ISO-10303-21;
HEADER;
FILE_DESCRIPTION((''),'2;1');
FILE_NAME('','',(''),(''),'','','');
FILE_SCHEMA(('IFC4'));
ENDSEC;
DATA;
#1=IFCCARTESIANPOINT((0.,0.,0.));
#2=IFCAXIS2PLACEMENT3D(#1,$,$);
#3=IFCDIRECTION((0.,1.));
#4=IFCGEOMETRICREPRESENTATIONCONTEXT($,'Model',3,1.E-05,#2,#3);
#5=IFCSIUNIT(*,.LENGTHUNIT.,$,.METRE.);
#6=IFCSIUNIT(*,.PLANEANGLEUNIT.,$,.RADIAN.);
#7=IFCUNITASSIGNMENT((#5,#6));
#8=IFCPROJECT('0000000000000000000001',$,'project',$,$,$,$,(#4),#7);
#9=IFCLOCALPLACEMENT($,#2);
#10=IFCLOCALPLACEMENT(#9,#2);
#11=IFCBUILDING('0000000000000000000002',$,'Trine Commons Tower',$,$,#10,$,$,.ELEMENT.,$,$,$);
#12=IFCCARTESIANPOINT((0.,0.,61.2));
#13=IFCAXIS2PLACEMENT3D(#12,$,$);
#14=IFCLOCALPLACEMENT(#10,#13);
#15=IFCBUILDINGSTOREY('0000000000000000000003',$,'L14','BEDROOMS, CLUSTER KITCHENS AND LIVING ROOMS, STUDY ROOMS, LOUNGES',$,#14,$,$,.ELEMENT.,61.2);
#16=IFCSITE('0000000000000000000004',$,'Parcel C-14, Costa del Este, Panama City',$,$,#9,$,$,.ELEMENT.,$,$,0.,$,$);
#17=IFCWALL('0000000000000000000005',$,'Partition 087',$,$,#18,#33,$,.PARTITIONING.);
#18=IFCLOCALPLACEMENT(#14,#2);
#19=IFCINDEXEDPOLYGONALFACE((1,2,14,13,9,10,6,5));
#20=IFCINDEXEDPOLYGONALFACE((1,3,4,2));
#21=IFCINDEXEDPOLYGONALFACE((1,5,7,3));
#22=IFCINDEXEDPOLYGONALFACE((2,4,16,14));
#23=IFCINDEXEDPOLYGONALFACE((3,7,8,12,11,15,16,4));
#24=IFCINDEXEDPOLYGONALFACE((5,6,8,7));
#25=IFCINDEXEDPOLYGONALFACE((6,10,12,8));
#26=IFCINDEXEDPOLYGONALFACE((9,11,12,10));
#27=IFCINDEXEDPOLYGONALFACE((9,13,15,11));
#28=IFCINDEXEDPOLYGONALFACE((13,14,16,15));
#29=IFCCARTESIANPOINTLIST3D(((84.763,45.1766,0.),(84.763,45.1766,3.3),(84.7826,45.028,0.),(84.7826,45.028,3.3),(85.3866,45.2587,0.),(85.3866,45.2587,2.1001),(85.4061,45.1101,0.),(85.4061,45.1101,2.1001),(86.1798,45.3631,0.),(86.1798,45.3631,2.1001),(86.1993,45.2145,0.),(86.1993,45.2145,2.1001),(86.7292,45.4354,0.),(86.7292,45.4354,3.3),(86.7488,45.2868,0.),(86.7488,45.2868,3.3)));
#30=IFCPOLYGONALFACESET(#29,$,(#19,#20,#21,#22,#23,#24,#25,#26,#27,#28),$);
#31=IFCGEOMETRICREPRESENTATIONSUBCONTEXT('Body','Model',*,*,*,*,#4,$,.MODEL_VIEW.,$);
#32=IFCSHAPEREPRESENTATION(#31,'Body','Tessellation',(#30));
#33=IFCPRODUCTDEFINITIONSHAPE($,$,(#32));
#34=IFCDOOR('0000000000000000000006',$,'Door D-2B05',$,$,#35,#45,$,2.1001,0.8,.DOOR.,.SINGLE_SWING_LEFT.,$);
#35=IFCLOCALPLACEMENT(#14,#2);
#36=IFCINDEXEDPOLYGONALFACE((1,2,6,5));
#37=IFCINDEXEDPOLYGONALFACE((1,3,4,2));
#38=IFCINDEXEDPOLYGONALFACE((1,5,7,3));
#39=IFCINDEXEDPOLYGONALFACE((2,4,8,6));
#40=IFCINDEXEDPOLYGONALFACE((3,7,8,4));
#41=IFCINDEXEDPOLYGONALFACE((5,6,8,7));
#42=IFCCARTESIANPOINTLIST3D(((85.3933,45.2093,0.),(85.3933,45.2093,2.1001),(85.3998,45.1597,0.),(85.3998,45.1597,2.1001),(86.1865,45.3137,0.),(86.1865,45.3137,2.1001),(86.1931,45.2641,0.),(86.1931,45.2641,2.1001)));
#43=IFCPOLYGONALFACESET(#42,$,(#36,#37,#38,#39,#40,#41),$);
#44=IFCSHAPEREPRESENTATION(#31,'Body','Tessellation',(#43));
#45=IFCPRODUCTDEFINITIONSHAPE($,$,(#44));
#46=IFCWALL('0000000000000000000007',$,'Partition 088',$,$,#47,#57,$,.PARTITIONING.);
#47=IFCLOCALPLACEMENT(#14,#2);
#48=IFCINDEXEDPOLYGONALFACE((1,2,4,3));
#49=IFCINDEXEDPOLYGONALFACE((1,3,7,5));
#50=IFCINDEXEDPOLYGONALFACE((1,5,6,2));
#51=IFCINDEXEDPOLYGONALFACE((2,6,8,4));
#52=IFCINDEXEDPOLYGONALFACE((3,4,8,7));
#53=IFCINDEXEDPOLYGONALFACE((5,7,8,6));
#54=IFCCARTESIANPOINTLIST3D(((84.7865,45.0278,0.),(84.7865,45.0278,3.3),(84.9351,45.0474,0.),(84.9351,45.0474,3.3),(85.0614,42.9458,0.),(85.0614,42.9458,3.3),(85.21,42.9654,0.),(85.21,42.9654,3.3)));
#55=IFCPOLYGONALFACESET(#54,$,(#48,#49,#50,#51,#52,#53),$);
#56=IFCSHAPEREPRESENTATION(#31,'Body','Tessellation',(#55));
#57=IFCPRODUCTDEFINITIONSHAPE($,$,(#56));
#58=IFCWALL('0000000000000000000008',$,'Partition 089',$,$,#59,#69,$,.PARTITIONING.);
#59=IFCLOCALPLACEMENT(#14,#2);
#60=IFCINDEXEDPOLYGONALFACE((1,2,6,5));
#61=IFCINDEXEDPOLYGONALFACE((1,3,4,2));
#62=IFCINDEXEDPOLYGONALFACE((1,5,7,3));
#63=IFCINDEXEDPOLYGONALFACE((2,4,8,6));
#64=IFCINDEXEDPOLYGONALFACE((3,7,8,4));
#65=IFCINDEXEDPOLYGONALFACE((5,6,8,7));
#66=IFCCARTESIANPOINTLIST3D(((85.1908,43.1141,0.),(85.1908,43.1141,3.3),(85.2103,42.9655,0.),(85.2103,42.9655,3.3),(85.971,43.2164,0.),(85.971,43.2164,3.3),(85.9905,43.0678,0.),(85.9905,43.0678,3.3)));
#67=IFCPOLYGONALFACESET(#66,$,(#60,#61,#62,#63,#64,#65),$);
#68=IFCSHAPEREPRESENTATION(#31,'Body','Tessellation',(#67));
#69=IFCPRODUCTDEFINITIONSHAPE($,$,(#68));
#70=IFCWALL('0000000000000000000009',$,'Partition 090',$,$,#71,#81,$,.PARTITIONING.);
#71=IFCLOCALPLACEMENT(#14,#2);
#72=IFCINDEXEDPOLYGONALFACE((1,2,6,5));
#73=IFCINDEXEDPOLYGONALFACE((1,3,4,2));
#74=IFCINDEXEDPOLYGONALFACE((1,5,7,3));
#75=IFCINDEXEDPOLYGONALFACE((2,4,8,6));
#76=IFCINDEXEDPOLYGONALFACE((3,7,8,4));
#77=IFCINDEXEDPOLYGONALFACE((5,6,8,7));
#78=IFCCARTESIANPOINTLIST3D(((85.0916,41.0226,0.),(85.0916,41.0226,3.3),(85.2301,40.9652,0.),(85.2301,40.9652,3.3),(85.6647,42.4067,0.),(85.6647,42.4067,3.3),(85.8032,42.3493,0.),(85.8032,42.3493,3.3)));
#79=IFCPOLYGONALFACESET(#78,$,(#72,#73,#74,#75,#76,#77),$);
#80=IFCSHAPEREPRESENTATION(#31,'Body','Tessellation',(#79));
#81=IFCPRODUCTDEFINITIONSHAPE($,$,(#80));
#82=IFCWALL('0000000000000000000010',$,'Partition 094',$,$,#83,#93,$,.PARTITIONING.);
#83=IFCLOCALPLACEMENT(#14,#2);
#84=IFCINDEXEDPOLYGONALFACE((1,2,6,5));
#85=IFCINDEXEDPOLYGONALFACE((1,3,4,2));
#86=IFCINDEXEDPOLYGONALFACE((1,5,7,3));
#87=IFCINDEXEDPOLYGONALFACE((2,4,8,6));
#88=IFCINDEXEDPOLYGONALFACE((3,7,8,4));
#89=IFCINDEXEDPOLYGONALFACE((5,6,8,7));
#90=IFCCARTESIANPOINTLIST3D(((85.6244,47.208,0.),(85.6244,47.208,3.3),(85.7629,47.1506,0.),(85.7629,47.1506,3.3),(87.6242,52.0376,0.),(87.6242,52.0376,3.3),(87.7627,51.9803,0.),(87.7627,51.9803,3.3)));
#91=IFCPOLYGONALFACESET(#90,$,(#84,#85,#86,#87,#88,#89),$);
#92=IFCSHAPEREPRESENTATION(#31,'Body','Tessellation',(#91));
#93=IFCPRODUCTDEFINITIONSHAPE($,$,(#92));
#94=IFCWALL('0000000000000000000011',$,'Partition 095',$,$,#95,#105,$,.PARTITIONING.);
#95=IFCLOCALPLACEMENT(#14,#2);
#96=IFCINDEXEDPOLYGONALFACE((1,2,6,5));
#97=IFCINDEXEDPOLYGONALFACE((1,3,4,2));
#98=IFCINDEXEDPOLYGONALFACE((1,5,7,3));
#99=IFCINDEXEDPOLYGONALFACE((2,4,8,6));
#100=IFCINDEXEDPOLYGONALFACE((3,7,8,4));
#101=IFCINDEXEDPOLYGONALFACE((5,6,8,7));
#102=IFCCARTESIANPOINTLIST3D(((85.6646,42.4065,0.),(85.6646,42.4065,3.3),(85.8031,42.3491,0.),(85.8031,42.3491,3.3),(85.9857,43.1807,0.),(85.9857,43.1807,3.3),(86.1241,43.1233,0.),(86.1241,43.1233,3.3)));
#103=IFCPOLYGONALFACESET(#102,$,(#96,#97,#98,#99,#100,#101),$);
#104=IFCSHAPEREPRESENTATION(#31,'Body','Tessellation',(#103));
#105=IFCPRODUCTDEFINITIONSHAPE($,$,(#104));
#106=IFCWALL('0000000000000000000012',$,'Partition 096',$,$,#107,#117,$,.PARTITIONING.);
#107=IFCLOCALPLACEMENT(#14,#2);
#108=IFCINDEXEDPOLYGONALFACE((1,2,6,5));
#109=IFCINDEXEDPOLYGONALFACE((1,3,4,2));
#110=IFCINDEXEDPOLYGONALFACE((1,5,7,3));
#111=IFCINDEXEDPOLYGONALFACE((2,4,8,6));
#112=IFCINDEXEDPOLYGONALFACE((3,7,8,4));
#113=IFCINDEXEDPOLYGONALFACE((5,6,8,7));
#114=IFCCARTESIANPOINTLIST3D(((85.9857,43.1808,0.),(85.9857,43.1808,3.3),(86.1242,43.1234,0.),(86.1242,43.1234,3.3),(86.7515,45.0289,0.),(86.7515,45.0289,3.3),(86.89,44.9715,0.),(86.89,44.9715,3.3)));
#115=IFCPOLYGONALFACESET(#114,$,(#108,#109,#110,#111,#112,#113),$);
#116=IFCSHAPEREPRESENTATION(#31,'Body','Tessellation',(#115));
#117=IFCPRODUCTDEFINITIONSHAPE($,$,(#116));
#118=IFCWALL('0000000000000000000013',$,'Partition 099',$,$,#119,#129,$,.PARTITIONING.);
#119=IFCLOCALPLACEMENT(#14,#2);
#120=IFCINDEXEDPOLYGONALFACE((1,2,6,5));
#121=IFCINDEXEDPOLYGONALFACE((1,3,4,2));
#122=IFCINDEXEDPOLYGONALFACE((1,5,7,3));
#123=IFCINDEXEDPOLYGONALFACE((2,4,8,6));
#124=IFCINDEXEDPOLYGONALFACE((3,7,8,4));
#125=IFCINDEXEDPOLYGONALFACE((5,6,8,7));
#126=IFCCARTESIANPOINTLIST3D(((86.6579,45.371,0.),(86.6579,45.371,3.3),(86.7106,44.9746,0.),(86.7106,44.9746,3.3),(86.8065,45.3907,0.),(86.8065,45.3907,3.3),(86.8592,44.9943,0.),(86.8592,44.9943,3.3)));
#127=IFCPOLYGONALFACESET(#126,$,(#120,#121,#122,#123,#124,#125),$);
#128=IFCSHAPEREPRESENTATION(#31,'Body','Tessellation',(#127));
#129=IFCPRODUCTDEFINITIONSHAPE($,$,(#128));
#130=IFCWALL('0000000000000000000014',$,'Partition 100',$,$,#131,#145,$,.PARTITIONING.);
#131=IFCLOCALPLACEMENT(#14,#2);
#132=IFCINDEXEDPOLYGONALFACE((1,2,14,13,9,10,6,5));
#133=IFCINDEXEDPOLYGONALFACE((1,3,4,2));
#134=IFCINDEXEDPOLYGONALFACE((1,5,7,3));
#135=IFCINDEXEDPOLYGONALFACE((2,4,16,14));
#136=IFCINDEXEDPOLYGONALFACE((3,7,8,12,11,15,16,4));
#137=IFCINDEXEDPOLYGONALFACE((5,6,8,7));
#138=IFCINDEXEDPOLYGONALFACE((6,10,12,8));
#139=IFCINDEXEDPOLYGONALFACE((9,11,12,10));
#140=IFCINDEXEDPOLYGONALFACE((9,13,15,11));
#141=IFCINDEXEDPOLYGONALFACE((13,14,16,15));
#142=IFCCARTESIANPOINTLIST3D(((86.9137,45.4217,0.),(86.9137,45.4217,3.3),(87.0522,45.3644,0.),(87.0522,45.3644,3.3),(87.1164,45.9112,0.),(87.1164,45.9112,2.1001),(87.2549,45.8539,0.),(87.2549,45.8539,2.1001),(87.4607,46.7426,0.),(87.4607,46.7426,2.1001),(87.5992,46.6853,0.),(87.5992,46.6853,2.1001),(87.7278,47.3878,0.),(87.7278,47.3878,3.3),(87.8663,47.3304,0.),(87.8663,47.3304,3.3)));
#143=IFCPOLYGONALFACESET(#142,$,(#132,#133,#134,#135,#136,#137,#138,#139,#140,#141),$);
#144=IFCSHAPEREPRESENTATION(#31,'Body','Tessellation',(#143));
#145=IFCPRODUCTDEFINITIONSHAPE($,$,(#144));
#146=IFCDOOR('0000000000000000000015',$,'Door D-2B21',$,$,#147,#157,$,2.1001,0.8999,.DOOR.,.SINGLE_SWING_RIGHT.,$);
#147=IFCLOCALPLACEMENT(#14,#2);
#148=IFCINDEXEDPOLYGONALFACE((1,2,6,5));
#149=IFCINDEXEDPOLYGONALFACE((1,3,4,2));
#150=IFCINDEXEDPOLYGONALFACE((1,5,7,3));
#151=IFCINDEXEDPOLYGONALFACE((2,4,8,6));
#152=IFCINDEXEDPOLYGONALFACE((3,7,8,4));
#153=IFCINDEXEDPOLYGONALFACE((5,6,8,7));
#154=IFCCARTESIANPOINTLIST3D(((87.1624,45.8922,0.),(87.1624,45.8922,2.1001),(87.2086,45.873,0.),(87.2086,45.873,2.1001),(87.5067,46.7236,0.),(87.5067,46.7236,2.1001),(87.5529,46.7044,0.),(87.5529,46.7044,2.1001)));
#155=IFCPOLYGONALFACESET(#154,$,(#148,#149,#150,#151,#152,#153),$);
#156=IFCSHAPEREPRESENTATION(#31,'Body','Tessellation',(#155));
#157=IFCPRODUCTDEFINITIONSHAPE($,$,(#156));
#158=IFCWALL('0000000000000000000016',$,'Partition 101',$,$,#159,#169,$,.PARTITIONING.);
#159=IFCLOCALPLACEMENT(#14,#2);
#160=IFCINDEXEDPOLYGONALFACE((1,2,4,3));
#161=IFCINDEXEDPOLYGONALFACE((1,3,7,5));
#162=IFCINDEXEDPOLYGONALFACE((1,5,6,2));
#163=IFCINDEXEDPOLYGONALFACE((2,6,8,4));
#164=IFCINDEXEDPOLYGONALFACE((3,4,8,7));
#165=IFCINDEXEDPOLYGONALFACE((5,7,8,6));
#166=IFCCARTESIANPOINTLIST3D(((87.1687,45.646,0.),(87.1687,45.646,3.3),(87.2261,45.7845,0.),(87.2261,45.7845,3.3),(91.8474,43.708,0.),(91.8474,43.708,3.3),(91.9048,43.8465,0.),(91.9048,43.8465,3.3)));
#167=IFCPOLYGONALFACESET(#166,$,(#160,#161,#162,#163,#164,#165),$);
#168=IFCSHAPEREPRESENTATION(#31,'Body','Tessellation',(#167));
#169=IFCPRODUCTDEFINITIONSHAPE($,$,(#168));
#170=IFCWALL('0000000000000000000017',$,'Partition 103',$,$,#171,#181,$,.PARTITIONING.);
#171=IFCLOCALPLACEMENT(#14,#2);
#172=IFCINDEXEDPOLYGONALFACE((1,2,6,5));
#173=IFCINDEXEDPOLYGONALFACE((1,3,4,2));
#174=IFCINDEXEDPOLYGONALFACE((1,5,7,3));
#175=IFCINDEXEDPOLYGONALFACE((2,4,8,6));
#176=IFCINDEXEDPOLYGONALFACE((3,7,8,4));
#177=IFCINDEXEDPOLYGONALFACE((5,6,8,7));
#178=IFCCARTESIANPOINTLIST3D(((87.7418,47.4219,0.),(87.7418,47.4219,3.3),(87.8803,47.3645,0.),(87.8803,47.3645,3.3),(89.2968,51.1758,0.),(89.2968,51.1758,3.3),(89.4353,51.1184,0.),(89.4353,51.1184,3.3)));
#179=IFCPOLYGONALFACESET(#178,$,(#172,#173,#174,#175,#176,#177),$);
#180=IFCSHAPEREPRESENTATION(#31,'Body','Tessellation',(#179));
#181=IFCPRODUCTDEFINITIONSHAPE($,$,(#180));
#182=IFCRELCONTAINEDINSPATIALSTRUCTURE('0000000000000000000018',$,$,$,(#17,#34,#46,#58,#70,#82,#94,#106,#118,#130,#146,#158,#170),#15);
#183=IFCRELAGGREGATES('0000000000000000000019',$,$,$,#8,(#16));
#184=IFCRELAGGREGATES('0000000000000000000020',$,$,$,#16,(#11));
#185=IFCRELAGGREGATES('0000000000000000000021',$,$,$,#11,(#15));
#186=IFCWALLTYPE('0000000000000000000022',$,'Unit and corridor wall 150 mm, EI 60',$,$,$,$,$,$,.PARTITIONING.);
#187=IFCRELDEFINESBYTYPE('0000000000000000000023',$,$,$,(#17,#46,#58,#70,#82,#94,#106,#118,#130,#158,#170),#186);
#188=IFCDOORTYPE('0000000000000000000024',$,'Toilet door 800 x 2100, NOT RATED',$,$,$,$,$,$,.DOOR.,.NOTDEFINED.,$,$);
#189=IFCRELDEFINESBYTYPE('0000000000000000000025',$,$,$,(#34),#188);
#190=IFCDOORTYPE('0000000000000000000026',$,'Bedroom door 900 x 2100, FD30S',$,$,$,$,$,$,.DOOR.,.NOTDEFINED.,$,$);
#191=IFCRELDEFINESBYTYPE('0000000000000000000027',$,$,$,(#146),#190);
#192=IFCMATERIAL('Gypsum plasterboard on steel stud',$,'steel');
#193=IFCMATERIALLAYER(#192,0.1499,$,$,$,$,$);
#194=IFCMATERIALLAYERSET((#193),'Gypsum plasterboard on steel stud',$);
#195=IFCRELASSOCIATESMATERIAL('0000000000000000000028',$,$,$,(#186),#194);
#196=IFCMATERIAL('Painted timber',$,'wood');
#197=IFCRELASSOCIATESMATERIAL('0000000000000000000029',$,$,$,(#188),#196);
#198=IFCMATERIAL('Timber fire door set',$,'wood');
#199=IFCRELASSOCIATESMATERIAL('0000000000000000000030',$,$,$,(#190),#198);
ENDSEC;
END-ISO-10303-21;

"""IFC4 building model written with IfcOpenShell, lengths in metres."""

from ifc_helpers import new_model, si_unit, direction, frame, frame_2d, origin, place, context, subcontext, project, spatial, rectangle, extrude, material, layer, layer_set, type_object, element, fill, save


model = new_model("IFC4")

# Units and contexts
model_context = context("Model", 3, precision=1e-05, world=origin(), true_north=direction((0.0, 1.0)))
body_context = subcontext(model_context, "Body", "Model", "MODEL_VIEW")
ifc_project = project(units=[si_unit("LENGTHUNIT", "METRE"), si_unit("PLANEANGLEUNIT", "RADIAN")], contexts=[model_context])

# Site, building, storey
site_placement = place(None, origin())
site = spatial("IfcSite", under=ifc_project, at=site_placement, Name="Parcel C-14, Costa del Este, Panama City", CompositionType="ELEMENT", RefElevation=0.0)
building_placement = place(site_placement, origin())
building = spatial("IfcBuilding", under=site, at=building_placement, Name="Trine Commons Tower", CompositionType="ELEMENT")
storey_placement = place(building_placement, frame((0.0, 0.0, 61.2)))
storey = spatial("IfcBuildingStorey", under=building, at=storey_placement, Name="L14", Description="BEDROOMS, CLUSTER KITCHENS AND LIVING ROOMS, STUDY ROOMS, LOUNGES", CompositionType="ELEMENT", Elevation=61.2)

# Shared definitions
ifc_material_1 = material(Name="Gypsum plasterboard on steel stud", Category="steel")
ifc_layer_1 = layer(ifc_material_1, 0.1499)
ifc_layer_set_1 = layer_set([ifc_layer_1], Name="Gypsum plasterboard on steel stud")
wall_type_1 = type_object("IfcWallType", Name="Unit and corridor wall 150 mm, EI 60", PredefinedType="PARTITIONING", material=ifc_layer_set_1)
ifc_material_2 = material(Name="Timber fire door set", Category="wood")

# Wall, opening, door
wall_1_placement = place(storey_placement, frame((84.7727, 45.1023, 0.0), z_axis=(0.0, 0.0, 1.0), x_axis=(0.99145, 0.130486, 0.0)))
wall_1 = element("IfcWall", 1, at=wall_1_placement, inside=storey, type_object=wall_type_1, Name="Partition 087", PredefinedType="PARTITIONING", context=body_context, shape_type="SweptSolid", body=[
    extrude(rectangle(XDim=1.9832, YDim=0.1499, at=frame_2d((0.9917, 0.0))), origin(), (0.0, 0.0, 1.0), 3.3),
])
opening_1_placement = place(wall_1_placement, frame((0.6292, 0.0, 0.0)))
opening_1 = element("IfcOpeningElement", 2, at=opening_1_placement, cuts=wall_1, PredefinedType="OPENING", context=body_context, shape_type="SweptSolid", body=[
    extrude(rectangle(XDim=0.8, YDim=2.1001, at=frame_2d((0.3999, 1.05))), frame((0.0, 0.085, 0.0), z_axis=(0.0, -1.0, 0.0), x_axis=(1.0, 0.0, 0.0)), (0.0, 0.0, 1.0), 0.1699),
])
ifc_material_3 = material(Name="Painted timber", Category="wood")
door_type_1 = type_object("IfcDoorType", Name="Toilet door 800 x 2100, NOT RATED", OperationType="NOTDEFINED", PredefinedType="DOOR", material=ifc_material_3)
door_1_placement = place(opening_1_placement, frame((0.8, 0.0, 0.0), z_axis=(0.0, 0.0, 1.0), x_axis=(-1.0, 0.0, 0.0)))
door_1 = element("IfcDoor", 3, at=door_1_placement, inside=storey, type_object=door_type_1, Name="Door D-2B05", OperationType="SINGLE_SWING_LEFT", OverallHeight=2.1001, OverallWidth=0.8, PredefinedType="DOOR", context=body_context, shape_type="SweptSolid", body=[
    extrude(rectangle(XDim=0.8, YDim=2.1001, at=frame_2d((0.3999, 1.05))), frame((0.0, 0.0249, 0.0), z_axis=(0.0, -1.0, 0.0), x_axis=(1.0, 0.0, 0.0)), (0.0, 0.0, 1.0), 0.05),
])
fill(opening_1, door_1)

# Walls
wall_2_placement = place(storey_placement, frame((84.8608, 45.0376, 0.0), z_axis=(0.0, 0.0, 1.0), x_axis=(0.1309, -0.991396, 0.0)))
element("IfcWall", 4, at=wall_2_placement, inside=storey, type_object=wall_type_1, Name="Partition 088", PredefinedType="PARTITIONING", context=body_context, shape_type="SweptSolid", body=[
    extrude(rectangle(XDim=2.1001, YDim=0.1499, at=frame_2d((1.05, 0.0))), origin(), (0.0, 0.0, 1.0), 3.3),
])
wall_3_placement = place(storey_placement, frame((85.2004, 43.0398, 0.0), z_axis=(0.0, 0.0, 1.0), x_axis=(0.991515, 0.129989, 0.0)))
element("IfcWall", 5, at=wall_3_placement, inside=storey, type_object=wall_type_1, Name="Partition 089", PredefinedType="PARTITIONING", context=body_context, shape_type="SweptSolid", body=[
    extrude(rectangle(XDim=0.7869, YDim=0.1499, at=frame_2d((0.3936, 0.0))), origin(), (0.0, 0.0, 1.0), 3.3),
])
wall_4_placement = place(storey_placement, frame((85.1609, 40.9939, 0.0), z_axis=(0.0, 0.0, 1.0), x_axis=(0.38252, 0.923947, 0.0)))
element("IfcWall", 6, at=wall_4_placement, inside=storey, type_object=wall_type_1, Name="Partition 090", PredefinedType="PARTITIONING", context=body_context, shape_type="SweptSolid", body=[
    extrude(rectangle(XDim=1.498, YDim=0.1499, at=frame_2d((0.749, 0.0))), origin(), (0.0, 0.0, 1.0), 3.3),
])
wall_5_placement = place(storey_placement, frame((85.6936, 47.1792, 0.0), z_axis=(0.0, 0.0, 1.0), x_axis=(0.382565, 0.923929, 0.0)))
element("IfcWall", 7, at=wall_5_placement, inside=storey, type_object=wall_type_1, Name="Partition 094", PredefinedType="PARTITIONING", context=body_context, shape_type="SweptSolid", body=[
    extrude(rectangle(XDim=5.2273, YDim=0.1499, at=frame_2d((2.6138, 0.0))), origin(), (0.0, 0.0, 1.0), 3.3),
])
wall_6_placement = place(storey_placement, frame((85.7339, 42.3779, 0.0), z_axis=(0.0, 0.0, 1.0), x_axis=(0.383064, 0.923722, 0.0)))
element("IfcWall", 8, at=wall_6_placement, inside=storey, type_object=wall_type_1, Name="Partition 095", PredefinedType="PARTITIONING", context=body_context, shape_type="SweptSolid", body=[
    extrude(rectangle(XDim=0.8381, YDim=0.1499, at=frame_2d((0.4189, 0.0))), origin(), (0.0, 0.0, 1.0), 3.3),
])
wall_7_placement = place(storey_placement, frame((86.0549, 43.1521, 0.0), z_axis=(0.0, 0.0, 1.0), x_axis=(0.38283, 0.923819, 0.0)))
element("IfcWall", 9, at=wall_7_placement, inside=storey, type_object=wall_type_1, Name="Partition 096", PredefinedType="PARTITIONING", context=body_context, shape_type="SweptSolid", body=[
    extrude(rectangle(XDim=2.0005, YDim=0.1499, at=frame_2d((1.0002, 0.0))), origin(), (0.0, 0.0, 1.0), 3.3),
])
wall_8_placement = place(storey_placement, frame((86.7322, 45.3809, 0.0), z_axis=(0.0, 0.0, 1.0), x_axis=(0.131844, -0.99127, 0.0)))
element("IfcWall", 10, at=wall_8_placement, inside=storey, type_object=wall_type_1, Name="Partition 099", PredefinedType="PARTITIONING", context=body_context, shape_type="SweptSolid", body=[
    extrude(rectangle(XDim=0.3999, YDim=0.1499, at=frame_2d((0.2, 0.0))), origin(), (0.0, 0.0, 1.0), 3.3),
])

# Wall, opening, door
wall_9_placement = place(storey_placement, frame((86.9829, 45.3931, 0.0), z_axis=(0.0, 0.0, 1.0), x_axis=(0.382619, 0.923906, 0.0)))
wall_9 = element("IfcWall", 11, at=wall_9_placement, inside=storey, type_object=wall_type_1, Name="Partition 100", PredefinedType="PARTITIONING", context=body_context, shape_type="SweptSolid", body=[
    extrude(rectangle(XDim=2.1279, YDim=0.1499, at=frame_2d((1.064, 0.0))), origin(), (0.0, 0.0, 1.0), 3.3),
])
opening_2_placement = place(wall_9_placement, frame((0.5298, 0.0, 0.0)))
opening_2 = element("IfcOpeningElement", 12, at=opening_2_placement, cuts=wall_9, PredefinedType="OPENING", context=body_context, shape_type="SweptSolid", body=[
    extrude(rectangle(XDim=0.8999, YDim=2.1001, at=frame_2d((0.45, 1.05))), frame((0.0, 0.085, 0.0), z_axis=(0.0, -1.0, 0.0), x_axis=(1.0, 0.0, 0.0)), (0.0, 0.0, 1.0), 0.1699),
])
door_type_2 = type_object("IfcDoorType", Name="Bedroom door 900 x 2100, FD30S", OperationType="NOTDEFINED", PredefinedType="DOOR", material=ifc_material_2)
door_2_placement = place(opening_2_placement, frame((0.8999, 0.0, 0.0), z_axis=(0.0, 0.0, 1.0), x_axis=(-1.0, 0.0, 0.0)))
door_2 = element("IfcDoor", 13, at=door_2_placement, inside=storey, type_object=door_type_2, Name="Door D-2B21", OperationType="SINGLE_SWING_RIGHT", OverallHeight=2.1001, OverallWidth=0.8999, PredefinedType="DOOR", context=body_context, shape_type="SweptSolid", body=[
    extrude(rectangle(XDim=0.8999, YDim=2.1001, at=frame_2d((0.45, 1.05))), frame((0.0, 0.0249, 0.0), z_axis=(0.0, -1.0, 0.0), x_axis=(1.0, 0.0, 0.0)), (0.0, 0.0, 1.0), 0.05),
])
fill(opening_2, door_2)

# Walls
wall_10_placement = place(storey_placement, frame((87.1973, 45.7153, 0.0), z_axis=(0.0, 0.0, 1.0), x_axis=(0.923879, -0.382684, 0.0)))
element("IfcWall", 14, at=wall_10_placement, inside=storey, type_object=wall_type_1, Name="Partition 101", PredefinedType="PARTITIONING", context=body_context, shape_type="SweptSolid", body=[
    extrude(rectangle(XDim=5.0642, YDim=0.1499, at=frame_2d((2.5322, 0.0))), origin(), (0.0, 0.0, 1.0), 3.3),
])
wall_11_placement = place(storey_placement, frame((87.811, 47.3931, 0.0), z_axis=(0.0, 0.0, 1.0), x_axis=(0.382686, 0.923878, 0.0)))
element("IfcWall", 15, at=wall_11_placement, inside=storey, type_object=wall_type_1, Name="Partition 103", PredefinedType="PARTITIONING", context=body_context, shape_type="SweptSolid", body=[
    extrude(rectangle(XDim=4.0632, YDim=0.1499, at=frame_2d((2.0317, 0.0))), origin(), (0.0, 0.0, 1.0), 3.3),
])

save(model, "model.ifc")
